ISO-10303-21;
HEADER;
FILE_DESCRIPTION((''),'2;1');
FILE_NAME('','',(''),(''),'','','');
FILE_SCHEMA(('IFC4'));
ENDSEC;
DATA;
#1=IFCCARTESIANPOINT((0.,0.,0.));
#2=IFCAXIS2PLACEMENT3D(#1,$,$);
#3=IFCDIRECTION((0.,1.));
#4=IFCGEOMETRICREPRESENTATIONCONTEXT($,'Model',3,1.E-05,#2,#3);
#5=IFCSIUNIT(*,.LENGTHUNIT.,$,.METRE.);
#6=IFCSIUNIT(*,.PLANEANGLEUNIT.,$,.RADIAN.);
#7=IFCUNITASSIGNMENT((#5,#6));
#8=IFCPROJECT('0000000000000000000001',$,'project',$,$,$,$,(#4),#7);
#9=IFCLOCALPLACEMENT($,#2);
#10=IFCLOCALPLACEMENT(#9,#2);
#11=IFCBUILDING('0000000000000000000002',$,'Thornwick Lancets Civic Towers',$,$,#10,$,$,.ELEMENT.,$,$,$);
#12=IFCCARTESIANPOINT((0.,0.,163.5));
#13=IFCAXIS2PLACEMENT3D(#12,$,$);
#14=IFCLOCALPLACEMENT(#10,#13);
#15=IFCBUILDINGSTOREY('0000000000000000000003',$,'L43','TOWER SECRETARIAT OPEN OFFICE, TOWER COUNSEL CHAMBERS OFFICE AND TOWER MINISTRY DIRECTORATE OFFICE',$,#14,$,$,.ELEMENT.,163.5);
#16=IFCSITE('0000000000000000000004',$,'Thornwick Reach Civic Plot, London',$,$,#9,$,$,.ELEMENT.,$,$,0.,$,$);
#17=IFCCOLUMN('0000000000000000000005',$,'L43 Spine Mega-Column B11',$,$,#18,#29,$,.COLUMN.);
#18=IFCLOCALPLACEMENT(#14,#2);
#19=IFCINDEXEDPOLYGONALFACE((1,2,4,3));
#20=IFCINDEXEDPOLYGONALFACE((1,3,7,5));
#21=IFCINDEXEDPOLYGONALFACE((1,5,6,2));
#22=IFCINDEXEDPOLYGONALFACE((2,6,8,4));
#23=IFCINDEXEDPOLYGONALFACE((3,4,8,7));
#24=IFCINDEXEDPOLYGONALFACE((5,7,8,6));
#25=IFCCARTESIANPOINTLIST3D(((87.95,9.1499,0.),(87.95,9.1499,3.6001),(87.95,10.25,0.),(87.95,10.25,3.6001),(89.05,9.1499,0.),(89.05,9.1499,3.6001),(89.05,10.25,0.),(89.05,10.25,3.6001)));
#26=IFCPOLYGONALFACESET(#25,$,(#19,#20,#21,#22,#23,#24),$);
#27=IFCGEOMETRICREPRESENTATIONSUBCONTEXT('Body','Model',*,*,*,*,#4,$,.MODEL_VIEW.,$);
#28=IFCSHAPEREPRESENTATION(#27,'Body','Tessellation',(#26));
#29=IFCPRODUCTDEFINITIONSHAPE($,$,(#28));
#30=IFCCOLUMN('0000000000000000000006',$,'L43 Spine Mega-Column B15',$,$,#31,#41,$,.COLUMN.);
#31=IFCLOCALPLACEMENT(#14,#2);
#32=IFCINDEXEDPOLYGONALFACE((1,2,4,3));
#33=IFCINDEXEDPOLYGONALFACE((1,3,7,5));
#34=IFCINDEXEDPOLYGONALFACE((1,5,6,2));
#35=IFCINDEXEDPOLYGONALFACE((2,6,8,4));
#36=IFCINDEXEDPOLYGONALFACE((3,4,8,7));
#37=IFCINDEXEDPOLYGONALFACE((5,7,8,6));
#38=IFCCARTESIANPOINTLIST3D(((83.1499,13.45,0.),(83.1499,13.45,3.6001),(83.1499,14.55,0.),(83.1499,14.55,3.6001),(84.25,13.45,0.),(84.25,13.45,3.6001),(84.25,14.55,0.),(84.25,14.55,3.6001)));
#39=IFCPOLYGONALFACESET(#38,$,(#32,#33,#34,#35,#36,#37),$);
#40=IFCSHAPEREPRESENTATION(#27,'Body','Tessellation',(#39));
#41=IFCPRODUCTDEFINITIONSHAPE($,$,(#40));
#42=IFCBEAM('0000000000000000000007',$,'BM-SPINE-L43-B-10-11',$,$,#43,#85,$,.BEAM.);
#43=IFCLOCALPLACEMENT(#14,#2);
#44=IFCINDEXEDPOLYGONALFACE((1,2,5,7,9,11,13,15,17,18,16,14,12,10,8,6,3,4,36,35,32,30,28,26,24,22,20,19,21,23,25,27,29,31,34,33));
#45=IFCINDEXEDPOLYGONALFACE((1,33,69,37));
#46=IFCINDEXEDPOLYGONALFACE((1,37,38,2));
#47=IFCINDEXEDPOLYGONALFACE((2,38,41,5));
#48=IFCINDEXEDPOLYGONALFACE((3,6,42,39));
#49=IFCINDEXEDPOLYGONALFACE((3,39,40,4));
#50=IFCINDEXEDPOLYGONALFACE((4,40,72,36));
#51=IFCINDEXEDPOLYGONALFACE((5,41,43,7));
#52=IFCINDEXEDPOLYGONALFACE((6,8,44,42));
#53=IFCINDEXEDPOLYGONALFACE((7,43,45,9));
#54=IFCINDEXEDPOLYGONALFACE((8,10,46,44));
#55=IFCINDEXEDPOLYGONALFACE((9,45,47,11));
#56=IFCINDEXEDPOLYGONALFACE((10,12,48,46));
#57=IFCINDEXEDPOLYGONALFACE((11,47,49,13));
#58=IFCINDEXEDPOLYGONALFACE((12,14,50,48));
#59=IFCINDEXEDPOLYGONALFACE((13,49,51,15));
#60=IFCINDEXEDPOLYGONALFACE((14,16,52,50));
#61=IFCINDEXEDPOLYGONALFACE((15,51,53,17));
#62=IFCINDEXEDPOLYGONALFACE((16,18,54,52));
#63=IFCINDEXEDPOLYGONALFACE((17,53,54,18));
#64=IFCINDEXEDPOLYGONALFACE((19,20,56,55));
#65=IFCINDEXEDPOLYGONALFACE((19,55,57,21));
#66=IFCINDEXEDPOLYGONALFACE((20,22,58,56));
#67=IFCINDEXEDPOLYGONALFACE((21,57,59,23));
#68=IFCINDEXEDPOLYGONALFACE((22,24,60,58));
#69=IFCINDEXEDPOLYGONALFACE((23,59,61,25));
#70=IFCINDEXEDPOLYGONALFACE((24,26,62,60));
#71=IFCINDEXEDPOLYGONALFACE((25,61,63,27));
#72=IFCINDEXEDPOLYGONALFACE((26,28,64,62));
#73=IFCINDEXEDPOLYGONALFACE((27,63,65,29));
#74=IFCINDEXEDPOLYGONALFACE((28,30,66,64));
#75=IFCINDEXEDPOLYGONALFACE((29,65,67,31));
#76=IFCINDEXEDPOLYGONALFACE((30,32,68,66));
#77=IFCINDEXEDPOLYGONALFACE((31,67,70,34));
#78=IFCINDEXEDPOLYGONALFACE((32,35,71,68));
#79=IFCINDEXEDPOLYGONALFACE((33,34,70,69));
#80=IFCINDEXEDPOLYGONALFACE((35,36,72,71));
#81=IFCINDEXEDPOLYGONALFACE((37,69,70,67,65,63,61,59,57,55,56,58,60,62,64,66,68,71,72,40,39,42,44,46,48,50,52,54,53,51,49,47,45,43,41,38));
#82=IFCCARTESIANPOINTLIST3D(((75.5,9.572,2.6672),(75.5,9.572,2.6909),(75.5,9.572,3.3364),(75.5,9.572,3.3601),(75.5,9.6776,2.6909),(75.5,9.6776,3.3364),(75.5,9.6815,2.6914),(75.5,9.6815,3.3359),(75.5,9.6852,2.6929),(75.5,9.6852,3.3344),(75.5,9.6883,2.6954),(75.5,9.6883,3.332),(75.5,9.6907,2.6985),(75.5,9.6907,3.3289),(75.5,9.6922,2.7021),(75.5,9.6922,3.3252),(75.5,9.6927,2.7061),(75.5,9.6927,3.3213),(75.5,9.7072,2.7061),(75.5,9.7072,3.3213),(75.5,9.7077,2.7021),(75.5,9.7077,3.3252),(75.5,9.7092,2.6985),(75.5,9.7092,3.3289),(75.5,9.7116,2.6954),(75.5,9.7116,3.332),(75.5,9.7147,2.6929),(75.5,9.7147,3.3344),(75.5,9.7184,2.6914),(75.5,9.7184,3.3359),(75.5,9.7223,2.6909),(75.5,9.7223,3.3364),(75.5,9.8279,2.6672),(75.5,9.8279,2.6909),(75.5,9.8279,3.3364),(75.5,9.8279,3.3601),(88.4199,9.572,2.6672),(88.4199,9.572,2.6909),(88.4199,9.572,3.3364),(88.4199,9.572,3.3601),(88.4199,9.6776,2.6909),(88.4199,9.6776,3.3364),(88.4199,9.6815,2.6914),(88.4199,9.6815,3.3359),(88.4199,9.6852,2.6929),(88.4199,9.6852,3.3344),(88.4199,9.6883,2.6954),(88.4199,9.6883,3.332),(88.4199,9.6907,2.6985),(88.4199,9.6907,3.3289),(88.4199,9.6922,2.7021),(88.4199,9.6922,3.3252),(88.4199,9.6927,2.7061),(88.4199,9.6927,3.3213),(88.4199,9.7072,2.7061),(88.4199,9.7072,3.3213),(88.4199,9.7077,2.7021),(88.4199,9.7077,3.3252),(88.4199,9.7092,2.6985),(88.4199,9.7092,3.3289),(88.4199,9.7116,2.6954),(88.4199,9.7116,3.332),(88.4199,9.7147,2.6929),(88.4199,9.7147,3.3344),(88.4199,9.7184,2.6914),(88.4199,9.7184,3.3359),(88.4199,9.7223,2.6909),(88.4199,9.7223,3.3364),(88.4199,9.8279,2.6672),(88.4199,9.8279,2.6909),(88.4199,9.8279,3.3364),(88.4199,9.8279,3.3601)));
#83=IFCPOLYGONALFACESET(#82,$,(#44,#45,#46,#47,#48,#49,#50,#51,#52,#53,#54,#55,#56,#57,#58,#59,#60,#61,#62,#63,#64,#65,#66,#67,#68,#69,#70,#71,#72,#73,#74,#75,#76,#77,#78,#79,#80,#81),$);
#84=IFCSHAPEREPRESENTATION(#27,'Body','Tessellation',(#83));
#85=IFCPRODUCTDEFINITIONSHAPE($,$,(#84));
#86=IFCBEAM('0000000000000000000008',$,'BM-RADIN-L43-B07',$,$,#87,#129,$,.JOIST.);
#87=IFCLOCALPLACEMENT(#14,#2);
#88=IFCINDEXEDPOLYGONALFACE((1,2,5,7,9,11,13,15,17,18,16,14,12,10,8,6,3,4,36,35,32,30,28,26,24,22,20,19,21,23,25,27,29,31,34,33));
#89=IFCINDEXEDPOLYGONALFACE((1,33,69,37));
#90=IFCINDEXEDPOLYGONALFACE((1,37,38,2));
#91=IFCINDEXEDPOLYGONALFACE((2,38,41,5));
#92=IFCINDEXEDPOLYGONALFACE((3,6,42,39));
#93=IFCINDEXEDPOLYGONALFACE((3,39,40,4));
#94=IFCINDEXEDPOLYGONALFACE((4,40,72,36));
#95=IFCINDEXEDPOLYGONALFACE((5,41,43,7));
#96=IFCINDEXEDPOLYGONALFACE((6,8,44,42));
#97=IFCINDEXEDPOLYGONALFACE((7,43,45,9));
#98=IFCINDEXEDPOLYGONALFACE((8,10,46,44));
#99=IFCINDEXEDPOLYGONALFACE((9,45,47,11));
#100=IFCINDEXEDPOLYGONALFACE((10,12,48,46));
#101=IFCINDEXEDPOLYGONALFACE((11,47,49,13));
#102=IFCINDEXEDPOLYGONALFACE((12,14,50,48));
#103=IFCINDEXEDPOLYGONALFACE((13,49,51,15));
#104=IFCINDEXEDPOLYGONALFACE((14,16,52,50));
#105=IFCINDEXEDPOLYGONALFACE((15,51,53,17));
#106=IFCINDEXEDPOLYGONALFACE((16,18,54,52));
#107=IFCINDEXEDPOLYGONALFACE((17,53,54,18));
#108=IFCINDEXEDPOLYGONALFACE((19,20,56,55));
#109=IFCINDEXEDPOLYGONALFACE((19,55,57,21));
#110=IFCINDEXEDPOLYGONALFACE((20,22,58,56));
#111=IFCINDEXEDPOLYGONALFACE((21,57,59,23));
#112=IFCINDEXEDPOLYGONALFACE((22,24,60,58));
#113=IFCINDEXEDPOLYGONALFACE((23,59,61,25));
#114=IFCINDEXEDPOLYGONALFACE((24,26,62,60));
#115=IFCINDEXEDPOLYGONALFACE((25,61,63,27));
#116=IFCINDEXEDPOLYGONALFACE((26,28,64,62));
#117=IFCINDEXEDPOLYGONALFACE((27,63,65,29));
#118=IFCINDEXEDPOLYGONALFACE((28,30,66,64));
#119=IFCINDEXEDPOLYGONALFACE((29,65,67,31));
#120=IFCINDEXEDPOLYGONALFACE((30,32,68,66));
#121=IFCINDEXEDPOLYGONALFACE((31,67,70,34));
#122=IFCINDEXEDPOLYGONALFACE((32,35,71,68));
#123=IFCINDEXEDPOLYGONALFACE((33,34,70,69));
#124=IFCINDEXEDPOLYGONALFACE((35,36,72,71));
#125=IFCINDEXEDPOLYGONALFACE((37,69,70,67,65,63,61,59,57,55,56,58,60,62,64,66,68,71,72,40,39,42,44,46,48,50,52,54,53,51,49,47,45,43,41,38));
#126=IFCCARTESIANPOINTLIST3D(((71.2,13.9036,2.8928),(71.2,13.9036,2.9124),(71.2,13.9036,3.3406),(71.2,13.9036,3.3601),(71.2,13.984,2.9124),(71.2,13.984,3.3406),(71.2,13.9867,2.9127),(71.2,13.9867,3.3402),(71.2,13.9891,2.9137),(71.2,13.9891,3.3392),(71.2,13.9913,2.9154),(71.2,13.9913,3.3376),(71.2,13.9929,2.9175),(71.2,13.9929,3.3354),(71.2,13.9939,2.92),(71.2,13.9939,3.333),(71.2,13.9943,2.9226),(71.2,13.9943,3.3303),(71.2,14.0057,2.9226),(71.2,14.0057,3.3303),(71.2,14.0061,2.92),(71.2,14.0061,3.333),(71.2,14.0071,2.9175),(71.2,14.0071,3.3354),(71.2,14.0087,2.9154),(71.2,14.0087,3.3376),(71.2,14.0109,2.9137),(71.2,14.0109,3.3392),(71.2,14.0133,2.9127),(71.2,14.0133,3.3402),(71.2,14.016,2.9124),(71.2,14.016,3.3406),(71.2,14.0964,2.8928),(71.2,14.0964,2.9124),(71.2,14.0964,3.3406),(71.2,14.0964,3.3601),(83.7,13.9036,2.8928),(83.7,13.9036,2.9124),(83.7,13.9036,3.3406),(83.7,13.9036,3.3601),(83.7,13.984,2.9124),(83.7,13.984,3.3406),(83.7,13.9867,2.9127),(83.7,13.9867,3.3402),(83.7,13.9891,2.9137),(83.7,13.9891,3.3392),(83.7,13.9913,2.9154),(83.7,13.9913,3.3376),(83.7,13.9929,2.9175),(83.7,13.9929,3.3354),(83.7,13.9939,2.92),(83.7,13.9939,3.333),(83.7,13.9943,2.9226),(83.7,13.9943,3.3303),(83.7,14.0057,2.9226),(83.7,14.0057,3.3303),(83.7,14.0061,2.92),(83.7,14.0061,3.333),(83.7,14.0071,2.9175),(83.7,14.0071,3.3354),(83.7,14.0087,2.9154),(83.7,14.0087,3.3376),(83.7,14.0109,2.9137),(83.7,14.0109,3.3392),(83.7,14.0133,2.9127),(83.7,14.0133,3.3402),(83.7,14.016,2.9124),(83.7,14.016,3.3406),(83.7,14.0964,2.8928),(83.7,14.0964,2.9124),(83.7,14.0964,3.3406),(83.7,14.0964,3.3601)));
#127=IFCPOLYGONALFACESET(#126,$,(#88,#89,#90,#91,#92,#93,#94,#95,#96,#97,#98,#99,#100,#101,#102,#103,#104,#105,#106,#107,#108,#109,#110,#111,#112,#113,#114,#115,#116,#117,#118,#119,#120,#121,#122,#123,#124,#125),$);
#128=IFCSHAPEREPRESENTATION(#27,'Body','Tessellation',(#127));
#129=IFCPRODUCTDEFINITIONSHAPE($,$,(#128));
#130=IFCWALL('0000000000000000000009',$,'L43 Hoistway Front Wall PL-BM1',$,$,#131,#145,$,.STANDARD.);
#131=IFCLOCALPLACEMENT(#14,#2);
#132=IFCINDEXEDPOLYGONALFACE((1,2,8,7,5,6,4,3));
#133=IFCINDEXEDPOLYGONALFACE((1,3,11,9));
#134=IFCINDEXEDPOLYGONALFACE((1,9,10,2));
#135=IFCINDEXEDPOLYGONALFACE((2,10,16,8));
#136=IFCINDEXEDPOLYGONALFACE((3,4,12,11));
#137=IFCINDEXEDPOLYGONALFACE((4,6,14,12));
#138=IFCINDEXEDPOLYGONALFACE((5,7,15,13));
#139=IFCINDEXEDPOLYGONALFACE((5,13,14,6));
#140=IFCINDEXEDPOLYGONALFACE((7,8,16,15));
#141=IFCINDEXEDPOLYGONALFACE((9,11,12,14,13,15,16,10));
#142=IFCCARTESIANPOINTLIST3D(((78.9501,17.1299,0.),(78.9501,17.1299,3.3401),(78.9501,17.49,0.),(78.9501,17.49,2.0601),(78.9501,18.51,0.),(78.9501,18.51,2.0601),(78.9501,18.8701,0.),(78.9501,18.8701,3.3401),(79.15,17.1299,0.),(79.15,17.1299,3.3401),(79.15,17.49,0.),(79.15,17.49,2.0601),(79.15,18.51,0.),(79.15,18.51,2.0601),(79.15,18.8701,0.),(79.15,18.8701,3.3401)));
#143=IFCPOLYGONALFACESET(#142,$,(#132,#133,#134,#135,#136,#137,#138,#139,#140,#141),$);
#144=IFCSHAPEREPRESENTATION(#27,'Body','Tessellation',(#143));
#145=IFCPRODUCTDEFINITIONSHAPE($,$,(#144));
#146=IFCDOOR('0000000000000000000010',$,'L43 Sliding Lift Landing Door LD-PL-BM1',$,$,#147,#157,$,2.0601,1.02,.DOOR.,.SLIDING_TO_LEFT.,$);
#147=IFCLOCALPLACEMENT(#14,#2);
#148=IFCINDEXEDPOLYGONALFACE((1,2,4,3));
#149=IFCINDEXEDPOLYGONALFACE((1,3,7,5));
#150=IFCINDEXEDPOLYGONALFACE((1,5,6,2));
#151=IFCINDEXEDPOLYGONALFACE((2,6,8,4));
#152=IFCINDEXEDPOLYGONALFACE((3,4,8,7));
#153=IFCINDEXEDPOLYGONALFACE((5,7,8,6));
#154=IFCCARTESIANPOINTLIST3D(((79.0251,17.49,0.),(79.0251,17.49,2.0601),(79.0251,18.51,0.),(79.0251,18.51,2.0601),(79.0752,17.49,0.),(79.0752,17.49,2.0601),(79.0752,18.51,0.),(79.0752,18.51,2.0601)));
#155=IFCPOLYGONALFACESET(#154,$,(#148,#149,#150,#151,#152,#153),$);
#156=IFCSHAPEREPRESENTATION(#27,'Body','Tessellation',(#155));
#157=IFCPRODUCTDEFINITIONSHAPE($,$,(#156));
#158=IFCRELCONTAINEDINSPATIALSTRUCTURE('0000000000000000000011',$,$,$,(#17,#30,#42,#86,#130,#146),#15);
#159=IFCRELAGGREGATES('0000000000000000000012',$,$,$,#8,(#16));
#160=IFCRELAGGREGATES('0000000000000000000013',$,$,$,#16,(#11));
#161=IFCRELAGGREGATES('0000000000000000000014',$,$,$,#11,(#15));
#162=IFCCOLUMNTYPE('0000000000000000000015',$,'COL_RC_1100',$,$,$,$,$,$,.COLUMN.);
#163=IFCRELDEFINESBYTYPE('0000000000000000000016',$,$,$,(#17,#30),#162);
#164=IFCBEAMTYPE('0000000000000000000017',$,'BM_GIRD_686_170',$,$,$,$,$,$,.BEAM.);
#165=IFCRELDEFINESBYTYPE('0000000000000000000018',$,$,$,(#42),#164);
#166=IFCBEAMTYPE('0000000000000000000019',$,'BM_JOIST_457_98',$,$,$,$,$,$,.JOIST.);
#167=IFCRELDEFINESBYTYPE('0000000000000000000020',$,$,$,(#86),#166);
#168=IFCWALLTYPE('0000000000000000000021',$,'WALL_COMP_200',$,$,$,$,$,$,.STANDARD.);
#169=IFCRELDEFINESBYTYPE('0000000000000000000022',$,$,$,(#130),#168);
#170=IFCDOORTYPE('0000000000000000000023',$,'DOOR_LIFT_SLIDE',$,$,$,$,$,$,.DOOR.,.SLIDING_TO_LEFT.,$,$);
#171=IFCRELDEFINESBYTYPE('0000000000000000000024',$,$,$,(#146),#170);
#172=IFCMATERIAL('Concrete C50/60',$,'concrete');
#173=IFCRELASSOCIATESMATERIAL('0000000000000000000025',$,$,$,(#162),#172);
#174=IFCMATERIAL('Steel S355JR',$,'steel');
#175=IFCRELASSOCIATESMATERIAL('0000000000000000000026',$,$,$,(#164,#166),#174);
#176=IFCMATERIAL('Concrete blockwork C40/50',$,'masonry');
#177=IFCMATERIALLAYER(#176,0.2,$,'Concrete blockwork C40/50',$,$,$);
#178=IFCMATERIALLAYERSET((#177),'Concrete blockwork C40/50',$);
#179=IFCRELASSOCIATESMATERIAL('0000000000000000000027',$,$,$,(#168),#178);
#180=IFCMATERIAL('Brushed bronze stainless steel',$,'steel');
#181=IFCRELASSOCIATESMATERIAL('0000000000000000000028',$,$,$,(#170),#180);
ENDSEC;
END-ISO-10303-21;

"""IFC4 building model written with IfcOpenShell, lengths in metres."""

from ifc_helpers import new_model, si_unit, direction, frame, frame_2d, origin, origin_2d, place, context, subcontext, project, spatial, rectangle, i_section, extrude, material, layer, layer_set, material_profile, profile_set, type_object, element, fill, save


model = new_model("IFC4")

# Units and contexts
model_context = context("Model", 3, precision=1e-05, world=origin(), true_north=direction((0.0, 1.0)))
body_context = subcontext(model_context, "Body", "Model", "MODEL_VIEW")
ifc_project = project(units=[si_unit("LENGTHUNIT", "METRE"), si_unit("PLANEANGLEUNIT", "RADIAN")], contexts=[model_context])

# Site, building, storey
site_placement = place(None, origin())
site = spatial("IfcSite", under=ifc_project, at=site_placement, Name="Thornwick Reach Civic Plot, London", CompositionType="ELEMENT", RefElevation=0.0)
building_placement = place(site_placement, origin())
building = spatial("IfcBuilding", under=site, at=building_placement, Name="Thornwick Lancets Civic Towers", CompositionType="ELEMENT")
storey_placement = place(building_placement, frame((0.0, 0.0, 163.5)))
storey = spatial("IfcBuildingStorey", under=building, at=storey_placement, Name="L43", Description="TOWER SECRETARIAT OPEN OFFICE, TOWER COUNSEL CHAMBERS OFFICE AND TOWER MINISTRY DIRECTORATE OFFICE", CompositionType="ELEMENT", Elevation=163.5)

# Columns
ifc_material_1 = material(Name="Concrete C50/60", Category="concrete")
ifc_material_profile_1 = material_profile(ifc_material_1, rectangle(XDim=1.1001, YDim=1.1001, at=origin_2d()), Name="RC 1100x1100")
ifc_profile_set_1 = profile_set([ifc_material_profile_1], Name="Concrete C50/60")
column_type = type_object("IfcColumnType", Name="COL_RC_1100", PredefinedType="COLUMN", material=ifc_profile_set_1)
for number, where, z_axis, x_axis, name in (
    (1, (88.5, 9.7, 0.0), (0.0, 0.0, 1.0), (1.0, 0.0, 0.0), "L43 Spine Mega-Column B11"),
    (2, (83.7, 14.0, 0.0), (0.0, 0.0, 1.0), (1.0, 0.0, 0.0), "L43 Spine Mega-Column B15"),
):
    element("IfcColumn", number, at=place(storey_placement, frame(where, z_axis=z_axis, x_axis=x_axis)), inside=storey, type_object=column_type, Name=name, PredefinedType="COLUMN", context=body_context, shape_type="SweptSolid", body=[
        extrude(rectangle(XDim=1.1001, YDim=1.1001, at=origin_2d()), origin(), (0.0, 0.0, 1.0), 3.6001),
    ])

# Beams
ifc_material_2 = material(Name="Steel S355JR", Category="steel")
ifc_material_profile_2 = material_profile(ifc_material_2, i_section(OverallWidth=0.2559, OverallDepth=0.6929, WebThickness=0.0144, FlangeThickness=0.0237, FilletRadius=0.0151, at=origin_2d()), Name="UKB 686x254x170")
ifc_profile_set_2 = profile_set([ifc_material_profile_2], Name="Steel S355JR")
beam_type_1 = type_object("IfcBeamType", Name="BM_GIRD_686_170", PredefinedType="BEAM", material=ifc_profile_set_2)
beam_1_placement = place(storey_placement, frame((88.4199, 9.7, 3.0137), z_axis=(-1.0, 0.0, 0.0), x_axis=(0.0, -1.0, 0.0)))
element("IfcBeam", 3, at=beam_1_placement, inside=storey, type_object=beam_type_1, Name="BM-SPINE-L43-B-10-11", PredefinedType="BEAM", context=body_context, shape_type="SweptSolid", body=[
    extrude(i_section(OverallWidth=0.2559, OverallDepth=0.6929, WebThickness=0.0144, FlangeThickness=0.0237, FilletRadius=0.0151, at=origin_2d()), origin(), (0.0, 0.0, 1.0), 12.9199),
])
ifc_material_profile_3 = material_profile(ifc_material_2, i_section(OverallWidth=0.1929, OverallDepth=0.4673, WebThickness=0.0115, FlangeThickness=0.0195, FilletRadius=0.0103, at=origin_2d()), Name="UKB 457x191x98")
ifc_profile_set_3 = profile_set([ifc_material_profile_3], Name="Steel S355JR")
beam_type_2 = type_object("IfcBeamType", Name="BM_JOIST_457_98", PredefinedType="JOIST", material=ifc_profile_set_3)
beam_2_placement = place(storey_placement, frame((83.7, 14.0, 3.1265), z_axis=(-1.0, 0.0, 0.0), x_axis=(0.0, -1.0, 0.0)))
element("IfcBeam", 4, at=beam_2_placement, inside=storey, type_object=beam_type_2, Name="BM-RADIN-L43-B07", PredefinedType="JOIST", context=body_context, shape_type="SweptSolid", body=[
    extrude(i_section(OverallWidth=0.1929, OverallDepth=0.4673, WebThickness=0.0115, FlangeThickness=0.0195, FilletRadius=0.0103, at=origin_2d()), origin(), (0.0, 0.0, 1.0), 12.5),
])

# Wall, opening, door
ifc_material_3 = material(Name="Concrete blockwork C40/50", Category="masonry")
ifc_layer_1 = layer(ifc_material_3, 0.2, Name="Concrete blockwork C40/50")
ifc_layer_set_1 = layer_set([ifc_layer_1], Name="Concrete blockwork C40/50")
wall_type_1 = type_object("IfcWallType", Name="WALL_COMP_200", PredefinedType="STANDARD", material=ifc_layer_set_1)
wall_1_placement = place(storey_placement, frame((79.05, 17.1299, 0.0), z_axis=(0.0, 0.0, 1.0), x_axis=(0.0, 1.0, 0.0)))
wall_1 = element("IfcWall", 5, at=wall_1_placement, inside=storey, type_object=wall_type_1, Name="L43 Hoistway Front Wall PL-BM1", PredefinedType="STANDARD", context=body_context, shape_type="SweptSolid", body=[
    extrude(rectangle(XDim=1.7402, YDim=0.2, at=frame_2d((0.8701, 0.0))), origin(), (0.0, 0.0, 1.0), 3.3401),
])
opening_1_placement = place(wall_1_placement, frame((0.3601, 0.0, 0.0)))
opening_1 = element("IfcOpeningElement", 6, at=opening_1_placement, cuts=wall_1, PredefinedType="OPENING", context=body_context, shape_type="SweptSolid", body=[
    extrude(rectangle(XDim=1.02, YDim=2.0601, at=frame_2d((0.51, 1.03))), frame((0.0, 0.1099, 0.0), z_axis=(0.0, -1.0, 0.0), x_axis=(1.0, 0.0, 0.0)), (0.0, 0.0, 1.0), 0.22),
])
ifc_material_4 = material(Name="Brushed bronze stainless steel", Category="steel")
door_type_1 = type_object("IfcDoorType", Name="DOOR_LIFT_SLIDE", OperationType="SLIDING_TO_LEFT", PredefinedType="DOOR", material=ifc_material_4)
door_1_placement = place(opening_1_placement, origin())
door_1 = element("IfcDoor", 7, at=door_1_placement, inside=storey, type_object=door_type_1, Name="L43 Sliding Lift Landing Door LD-PL-BM1", OperationType="SLIDING_TO_LEFT", OverallHeight=2.0601, OverallWidth=1.02, PredefinedType="DOOR", context=body_context, shape_type="SweptSolid", body=[
    extrude(rectangle(XDim=1.02, YDim=2.0601, at=frame_2d((0.51, 1.03))), frame((0.0, 0.0249, 0.0), z_axis=(0.0, -1.0, 0.0), x_axis=(1.0, 0.0, 0.0)), (0.0, 0.0, 1.0), 0.05),
])
fill(opening_1, door_1)

save(model, "model.ifc")
